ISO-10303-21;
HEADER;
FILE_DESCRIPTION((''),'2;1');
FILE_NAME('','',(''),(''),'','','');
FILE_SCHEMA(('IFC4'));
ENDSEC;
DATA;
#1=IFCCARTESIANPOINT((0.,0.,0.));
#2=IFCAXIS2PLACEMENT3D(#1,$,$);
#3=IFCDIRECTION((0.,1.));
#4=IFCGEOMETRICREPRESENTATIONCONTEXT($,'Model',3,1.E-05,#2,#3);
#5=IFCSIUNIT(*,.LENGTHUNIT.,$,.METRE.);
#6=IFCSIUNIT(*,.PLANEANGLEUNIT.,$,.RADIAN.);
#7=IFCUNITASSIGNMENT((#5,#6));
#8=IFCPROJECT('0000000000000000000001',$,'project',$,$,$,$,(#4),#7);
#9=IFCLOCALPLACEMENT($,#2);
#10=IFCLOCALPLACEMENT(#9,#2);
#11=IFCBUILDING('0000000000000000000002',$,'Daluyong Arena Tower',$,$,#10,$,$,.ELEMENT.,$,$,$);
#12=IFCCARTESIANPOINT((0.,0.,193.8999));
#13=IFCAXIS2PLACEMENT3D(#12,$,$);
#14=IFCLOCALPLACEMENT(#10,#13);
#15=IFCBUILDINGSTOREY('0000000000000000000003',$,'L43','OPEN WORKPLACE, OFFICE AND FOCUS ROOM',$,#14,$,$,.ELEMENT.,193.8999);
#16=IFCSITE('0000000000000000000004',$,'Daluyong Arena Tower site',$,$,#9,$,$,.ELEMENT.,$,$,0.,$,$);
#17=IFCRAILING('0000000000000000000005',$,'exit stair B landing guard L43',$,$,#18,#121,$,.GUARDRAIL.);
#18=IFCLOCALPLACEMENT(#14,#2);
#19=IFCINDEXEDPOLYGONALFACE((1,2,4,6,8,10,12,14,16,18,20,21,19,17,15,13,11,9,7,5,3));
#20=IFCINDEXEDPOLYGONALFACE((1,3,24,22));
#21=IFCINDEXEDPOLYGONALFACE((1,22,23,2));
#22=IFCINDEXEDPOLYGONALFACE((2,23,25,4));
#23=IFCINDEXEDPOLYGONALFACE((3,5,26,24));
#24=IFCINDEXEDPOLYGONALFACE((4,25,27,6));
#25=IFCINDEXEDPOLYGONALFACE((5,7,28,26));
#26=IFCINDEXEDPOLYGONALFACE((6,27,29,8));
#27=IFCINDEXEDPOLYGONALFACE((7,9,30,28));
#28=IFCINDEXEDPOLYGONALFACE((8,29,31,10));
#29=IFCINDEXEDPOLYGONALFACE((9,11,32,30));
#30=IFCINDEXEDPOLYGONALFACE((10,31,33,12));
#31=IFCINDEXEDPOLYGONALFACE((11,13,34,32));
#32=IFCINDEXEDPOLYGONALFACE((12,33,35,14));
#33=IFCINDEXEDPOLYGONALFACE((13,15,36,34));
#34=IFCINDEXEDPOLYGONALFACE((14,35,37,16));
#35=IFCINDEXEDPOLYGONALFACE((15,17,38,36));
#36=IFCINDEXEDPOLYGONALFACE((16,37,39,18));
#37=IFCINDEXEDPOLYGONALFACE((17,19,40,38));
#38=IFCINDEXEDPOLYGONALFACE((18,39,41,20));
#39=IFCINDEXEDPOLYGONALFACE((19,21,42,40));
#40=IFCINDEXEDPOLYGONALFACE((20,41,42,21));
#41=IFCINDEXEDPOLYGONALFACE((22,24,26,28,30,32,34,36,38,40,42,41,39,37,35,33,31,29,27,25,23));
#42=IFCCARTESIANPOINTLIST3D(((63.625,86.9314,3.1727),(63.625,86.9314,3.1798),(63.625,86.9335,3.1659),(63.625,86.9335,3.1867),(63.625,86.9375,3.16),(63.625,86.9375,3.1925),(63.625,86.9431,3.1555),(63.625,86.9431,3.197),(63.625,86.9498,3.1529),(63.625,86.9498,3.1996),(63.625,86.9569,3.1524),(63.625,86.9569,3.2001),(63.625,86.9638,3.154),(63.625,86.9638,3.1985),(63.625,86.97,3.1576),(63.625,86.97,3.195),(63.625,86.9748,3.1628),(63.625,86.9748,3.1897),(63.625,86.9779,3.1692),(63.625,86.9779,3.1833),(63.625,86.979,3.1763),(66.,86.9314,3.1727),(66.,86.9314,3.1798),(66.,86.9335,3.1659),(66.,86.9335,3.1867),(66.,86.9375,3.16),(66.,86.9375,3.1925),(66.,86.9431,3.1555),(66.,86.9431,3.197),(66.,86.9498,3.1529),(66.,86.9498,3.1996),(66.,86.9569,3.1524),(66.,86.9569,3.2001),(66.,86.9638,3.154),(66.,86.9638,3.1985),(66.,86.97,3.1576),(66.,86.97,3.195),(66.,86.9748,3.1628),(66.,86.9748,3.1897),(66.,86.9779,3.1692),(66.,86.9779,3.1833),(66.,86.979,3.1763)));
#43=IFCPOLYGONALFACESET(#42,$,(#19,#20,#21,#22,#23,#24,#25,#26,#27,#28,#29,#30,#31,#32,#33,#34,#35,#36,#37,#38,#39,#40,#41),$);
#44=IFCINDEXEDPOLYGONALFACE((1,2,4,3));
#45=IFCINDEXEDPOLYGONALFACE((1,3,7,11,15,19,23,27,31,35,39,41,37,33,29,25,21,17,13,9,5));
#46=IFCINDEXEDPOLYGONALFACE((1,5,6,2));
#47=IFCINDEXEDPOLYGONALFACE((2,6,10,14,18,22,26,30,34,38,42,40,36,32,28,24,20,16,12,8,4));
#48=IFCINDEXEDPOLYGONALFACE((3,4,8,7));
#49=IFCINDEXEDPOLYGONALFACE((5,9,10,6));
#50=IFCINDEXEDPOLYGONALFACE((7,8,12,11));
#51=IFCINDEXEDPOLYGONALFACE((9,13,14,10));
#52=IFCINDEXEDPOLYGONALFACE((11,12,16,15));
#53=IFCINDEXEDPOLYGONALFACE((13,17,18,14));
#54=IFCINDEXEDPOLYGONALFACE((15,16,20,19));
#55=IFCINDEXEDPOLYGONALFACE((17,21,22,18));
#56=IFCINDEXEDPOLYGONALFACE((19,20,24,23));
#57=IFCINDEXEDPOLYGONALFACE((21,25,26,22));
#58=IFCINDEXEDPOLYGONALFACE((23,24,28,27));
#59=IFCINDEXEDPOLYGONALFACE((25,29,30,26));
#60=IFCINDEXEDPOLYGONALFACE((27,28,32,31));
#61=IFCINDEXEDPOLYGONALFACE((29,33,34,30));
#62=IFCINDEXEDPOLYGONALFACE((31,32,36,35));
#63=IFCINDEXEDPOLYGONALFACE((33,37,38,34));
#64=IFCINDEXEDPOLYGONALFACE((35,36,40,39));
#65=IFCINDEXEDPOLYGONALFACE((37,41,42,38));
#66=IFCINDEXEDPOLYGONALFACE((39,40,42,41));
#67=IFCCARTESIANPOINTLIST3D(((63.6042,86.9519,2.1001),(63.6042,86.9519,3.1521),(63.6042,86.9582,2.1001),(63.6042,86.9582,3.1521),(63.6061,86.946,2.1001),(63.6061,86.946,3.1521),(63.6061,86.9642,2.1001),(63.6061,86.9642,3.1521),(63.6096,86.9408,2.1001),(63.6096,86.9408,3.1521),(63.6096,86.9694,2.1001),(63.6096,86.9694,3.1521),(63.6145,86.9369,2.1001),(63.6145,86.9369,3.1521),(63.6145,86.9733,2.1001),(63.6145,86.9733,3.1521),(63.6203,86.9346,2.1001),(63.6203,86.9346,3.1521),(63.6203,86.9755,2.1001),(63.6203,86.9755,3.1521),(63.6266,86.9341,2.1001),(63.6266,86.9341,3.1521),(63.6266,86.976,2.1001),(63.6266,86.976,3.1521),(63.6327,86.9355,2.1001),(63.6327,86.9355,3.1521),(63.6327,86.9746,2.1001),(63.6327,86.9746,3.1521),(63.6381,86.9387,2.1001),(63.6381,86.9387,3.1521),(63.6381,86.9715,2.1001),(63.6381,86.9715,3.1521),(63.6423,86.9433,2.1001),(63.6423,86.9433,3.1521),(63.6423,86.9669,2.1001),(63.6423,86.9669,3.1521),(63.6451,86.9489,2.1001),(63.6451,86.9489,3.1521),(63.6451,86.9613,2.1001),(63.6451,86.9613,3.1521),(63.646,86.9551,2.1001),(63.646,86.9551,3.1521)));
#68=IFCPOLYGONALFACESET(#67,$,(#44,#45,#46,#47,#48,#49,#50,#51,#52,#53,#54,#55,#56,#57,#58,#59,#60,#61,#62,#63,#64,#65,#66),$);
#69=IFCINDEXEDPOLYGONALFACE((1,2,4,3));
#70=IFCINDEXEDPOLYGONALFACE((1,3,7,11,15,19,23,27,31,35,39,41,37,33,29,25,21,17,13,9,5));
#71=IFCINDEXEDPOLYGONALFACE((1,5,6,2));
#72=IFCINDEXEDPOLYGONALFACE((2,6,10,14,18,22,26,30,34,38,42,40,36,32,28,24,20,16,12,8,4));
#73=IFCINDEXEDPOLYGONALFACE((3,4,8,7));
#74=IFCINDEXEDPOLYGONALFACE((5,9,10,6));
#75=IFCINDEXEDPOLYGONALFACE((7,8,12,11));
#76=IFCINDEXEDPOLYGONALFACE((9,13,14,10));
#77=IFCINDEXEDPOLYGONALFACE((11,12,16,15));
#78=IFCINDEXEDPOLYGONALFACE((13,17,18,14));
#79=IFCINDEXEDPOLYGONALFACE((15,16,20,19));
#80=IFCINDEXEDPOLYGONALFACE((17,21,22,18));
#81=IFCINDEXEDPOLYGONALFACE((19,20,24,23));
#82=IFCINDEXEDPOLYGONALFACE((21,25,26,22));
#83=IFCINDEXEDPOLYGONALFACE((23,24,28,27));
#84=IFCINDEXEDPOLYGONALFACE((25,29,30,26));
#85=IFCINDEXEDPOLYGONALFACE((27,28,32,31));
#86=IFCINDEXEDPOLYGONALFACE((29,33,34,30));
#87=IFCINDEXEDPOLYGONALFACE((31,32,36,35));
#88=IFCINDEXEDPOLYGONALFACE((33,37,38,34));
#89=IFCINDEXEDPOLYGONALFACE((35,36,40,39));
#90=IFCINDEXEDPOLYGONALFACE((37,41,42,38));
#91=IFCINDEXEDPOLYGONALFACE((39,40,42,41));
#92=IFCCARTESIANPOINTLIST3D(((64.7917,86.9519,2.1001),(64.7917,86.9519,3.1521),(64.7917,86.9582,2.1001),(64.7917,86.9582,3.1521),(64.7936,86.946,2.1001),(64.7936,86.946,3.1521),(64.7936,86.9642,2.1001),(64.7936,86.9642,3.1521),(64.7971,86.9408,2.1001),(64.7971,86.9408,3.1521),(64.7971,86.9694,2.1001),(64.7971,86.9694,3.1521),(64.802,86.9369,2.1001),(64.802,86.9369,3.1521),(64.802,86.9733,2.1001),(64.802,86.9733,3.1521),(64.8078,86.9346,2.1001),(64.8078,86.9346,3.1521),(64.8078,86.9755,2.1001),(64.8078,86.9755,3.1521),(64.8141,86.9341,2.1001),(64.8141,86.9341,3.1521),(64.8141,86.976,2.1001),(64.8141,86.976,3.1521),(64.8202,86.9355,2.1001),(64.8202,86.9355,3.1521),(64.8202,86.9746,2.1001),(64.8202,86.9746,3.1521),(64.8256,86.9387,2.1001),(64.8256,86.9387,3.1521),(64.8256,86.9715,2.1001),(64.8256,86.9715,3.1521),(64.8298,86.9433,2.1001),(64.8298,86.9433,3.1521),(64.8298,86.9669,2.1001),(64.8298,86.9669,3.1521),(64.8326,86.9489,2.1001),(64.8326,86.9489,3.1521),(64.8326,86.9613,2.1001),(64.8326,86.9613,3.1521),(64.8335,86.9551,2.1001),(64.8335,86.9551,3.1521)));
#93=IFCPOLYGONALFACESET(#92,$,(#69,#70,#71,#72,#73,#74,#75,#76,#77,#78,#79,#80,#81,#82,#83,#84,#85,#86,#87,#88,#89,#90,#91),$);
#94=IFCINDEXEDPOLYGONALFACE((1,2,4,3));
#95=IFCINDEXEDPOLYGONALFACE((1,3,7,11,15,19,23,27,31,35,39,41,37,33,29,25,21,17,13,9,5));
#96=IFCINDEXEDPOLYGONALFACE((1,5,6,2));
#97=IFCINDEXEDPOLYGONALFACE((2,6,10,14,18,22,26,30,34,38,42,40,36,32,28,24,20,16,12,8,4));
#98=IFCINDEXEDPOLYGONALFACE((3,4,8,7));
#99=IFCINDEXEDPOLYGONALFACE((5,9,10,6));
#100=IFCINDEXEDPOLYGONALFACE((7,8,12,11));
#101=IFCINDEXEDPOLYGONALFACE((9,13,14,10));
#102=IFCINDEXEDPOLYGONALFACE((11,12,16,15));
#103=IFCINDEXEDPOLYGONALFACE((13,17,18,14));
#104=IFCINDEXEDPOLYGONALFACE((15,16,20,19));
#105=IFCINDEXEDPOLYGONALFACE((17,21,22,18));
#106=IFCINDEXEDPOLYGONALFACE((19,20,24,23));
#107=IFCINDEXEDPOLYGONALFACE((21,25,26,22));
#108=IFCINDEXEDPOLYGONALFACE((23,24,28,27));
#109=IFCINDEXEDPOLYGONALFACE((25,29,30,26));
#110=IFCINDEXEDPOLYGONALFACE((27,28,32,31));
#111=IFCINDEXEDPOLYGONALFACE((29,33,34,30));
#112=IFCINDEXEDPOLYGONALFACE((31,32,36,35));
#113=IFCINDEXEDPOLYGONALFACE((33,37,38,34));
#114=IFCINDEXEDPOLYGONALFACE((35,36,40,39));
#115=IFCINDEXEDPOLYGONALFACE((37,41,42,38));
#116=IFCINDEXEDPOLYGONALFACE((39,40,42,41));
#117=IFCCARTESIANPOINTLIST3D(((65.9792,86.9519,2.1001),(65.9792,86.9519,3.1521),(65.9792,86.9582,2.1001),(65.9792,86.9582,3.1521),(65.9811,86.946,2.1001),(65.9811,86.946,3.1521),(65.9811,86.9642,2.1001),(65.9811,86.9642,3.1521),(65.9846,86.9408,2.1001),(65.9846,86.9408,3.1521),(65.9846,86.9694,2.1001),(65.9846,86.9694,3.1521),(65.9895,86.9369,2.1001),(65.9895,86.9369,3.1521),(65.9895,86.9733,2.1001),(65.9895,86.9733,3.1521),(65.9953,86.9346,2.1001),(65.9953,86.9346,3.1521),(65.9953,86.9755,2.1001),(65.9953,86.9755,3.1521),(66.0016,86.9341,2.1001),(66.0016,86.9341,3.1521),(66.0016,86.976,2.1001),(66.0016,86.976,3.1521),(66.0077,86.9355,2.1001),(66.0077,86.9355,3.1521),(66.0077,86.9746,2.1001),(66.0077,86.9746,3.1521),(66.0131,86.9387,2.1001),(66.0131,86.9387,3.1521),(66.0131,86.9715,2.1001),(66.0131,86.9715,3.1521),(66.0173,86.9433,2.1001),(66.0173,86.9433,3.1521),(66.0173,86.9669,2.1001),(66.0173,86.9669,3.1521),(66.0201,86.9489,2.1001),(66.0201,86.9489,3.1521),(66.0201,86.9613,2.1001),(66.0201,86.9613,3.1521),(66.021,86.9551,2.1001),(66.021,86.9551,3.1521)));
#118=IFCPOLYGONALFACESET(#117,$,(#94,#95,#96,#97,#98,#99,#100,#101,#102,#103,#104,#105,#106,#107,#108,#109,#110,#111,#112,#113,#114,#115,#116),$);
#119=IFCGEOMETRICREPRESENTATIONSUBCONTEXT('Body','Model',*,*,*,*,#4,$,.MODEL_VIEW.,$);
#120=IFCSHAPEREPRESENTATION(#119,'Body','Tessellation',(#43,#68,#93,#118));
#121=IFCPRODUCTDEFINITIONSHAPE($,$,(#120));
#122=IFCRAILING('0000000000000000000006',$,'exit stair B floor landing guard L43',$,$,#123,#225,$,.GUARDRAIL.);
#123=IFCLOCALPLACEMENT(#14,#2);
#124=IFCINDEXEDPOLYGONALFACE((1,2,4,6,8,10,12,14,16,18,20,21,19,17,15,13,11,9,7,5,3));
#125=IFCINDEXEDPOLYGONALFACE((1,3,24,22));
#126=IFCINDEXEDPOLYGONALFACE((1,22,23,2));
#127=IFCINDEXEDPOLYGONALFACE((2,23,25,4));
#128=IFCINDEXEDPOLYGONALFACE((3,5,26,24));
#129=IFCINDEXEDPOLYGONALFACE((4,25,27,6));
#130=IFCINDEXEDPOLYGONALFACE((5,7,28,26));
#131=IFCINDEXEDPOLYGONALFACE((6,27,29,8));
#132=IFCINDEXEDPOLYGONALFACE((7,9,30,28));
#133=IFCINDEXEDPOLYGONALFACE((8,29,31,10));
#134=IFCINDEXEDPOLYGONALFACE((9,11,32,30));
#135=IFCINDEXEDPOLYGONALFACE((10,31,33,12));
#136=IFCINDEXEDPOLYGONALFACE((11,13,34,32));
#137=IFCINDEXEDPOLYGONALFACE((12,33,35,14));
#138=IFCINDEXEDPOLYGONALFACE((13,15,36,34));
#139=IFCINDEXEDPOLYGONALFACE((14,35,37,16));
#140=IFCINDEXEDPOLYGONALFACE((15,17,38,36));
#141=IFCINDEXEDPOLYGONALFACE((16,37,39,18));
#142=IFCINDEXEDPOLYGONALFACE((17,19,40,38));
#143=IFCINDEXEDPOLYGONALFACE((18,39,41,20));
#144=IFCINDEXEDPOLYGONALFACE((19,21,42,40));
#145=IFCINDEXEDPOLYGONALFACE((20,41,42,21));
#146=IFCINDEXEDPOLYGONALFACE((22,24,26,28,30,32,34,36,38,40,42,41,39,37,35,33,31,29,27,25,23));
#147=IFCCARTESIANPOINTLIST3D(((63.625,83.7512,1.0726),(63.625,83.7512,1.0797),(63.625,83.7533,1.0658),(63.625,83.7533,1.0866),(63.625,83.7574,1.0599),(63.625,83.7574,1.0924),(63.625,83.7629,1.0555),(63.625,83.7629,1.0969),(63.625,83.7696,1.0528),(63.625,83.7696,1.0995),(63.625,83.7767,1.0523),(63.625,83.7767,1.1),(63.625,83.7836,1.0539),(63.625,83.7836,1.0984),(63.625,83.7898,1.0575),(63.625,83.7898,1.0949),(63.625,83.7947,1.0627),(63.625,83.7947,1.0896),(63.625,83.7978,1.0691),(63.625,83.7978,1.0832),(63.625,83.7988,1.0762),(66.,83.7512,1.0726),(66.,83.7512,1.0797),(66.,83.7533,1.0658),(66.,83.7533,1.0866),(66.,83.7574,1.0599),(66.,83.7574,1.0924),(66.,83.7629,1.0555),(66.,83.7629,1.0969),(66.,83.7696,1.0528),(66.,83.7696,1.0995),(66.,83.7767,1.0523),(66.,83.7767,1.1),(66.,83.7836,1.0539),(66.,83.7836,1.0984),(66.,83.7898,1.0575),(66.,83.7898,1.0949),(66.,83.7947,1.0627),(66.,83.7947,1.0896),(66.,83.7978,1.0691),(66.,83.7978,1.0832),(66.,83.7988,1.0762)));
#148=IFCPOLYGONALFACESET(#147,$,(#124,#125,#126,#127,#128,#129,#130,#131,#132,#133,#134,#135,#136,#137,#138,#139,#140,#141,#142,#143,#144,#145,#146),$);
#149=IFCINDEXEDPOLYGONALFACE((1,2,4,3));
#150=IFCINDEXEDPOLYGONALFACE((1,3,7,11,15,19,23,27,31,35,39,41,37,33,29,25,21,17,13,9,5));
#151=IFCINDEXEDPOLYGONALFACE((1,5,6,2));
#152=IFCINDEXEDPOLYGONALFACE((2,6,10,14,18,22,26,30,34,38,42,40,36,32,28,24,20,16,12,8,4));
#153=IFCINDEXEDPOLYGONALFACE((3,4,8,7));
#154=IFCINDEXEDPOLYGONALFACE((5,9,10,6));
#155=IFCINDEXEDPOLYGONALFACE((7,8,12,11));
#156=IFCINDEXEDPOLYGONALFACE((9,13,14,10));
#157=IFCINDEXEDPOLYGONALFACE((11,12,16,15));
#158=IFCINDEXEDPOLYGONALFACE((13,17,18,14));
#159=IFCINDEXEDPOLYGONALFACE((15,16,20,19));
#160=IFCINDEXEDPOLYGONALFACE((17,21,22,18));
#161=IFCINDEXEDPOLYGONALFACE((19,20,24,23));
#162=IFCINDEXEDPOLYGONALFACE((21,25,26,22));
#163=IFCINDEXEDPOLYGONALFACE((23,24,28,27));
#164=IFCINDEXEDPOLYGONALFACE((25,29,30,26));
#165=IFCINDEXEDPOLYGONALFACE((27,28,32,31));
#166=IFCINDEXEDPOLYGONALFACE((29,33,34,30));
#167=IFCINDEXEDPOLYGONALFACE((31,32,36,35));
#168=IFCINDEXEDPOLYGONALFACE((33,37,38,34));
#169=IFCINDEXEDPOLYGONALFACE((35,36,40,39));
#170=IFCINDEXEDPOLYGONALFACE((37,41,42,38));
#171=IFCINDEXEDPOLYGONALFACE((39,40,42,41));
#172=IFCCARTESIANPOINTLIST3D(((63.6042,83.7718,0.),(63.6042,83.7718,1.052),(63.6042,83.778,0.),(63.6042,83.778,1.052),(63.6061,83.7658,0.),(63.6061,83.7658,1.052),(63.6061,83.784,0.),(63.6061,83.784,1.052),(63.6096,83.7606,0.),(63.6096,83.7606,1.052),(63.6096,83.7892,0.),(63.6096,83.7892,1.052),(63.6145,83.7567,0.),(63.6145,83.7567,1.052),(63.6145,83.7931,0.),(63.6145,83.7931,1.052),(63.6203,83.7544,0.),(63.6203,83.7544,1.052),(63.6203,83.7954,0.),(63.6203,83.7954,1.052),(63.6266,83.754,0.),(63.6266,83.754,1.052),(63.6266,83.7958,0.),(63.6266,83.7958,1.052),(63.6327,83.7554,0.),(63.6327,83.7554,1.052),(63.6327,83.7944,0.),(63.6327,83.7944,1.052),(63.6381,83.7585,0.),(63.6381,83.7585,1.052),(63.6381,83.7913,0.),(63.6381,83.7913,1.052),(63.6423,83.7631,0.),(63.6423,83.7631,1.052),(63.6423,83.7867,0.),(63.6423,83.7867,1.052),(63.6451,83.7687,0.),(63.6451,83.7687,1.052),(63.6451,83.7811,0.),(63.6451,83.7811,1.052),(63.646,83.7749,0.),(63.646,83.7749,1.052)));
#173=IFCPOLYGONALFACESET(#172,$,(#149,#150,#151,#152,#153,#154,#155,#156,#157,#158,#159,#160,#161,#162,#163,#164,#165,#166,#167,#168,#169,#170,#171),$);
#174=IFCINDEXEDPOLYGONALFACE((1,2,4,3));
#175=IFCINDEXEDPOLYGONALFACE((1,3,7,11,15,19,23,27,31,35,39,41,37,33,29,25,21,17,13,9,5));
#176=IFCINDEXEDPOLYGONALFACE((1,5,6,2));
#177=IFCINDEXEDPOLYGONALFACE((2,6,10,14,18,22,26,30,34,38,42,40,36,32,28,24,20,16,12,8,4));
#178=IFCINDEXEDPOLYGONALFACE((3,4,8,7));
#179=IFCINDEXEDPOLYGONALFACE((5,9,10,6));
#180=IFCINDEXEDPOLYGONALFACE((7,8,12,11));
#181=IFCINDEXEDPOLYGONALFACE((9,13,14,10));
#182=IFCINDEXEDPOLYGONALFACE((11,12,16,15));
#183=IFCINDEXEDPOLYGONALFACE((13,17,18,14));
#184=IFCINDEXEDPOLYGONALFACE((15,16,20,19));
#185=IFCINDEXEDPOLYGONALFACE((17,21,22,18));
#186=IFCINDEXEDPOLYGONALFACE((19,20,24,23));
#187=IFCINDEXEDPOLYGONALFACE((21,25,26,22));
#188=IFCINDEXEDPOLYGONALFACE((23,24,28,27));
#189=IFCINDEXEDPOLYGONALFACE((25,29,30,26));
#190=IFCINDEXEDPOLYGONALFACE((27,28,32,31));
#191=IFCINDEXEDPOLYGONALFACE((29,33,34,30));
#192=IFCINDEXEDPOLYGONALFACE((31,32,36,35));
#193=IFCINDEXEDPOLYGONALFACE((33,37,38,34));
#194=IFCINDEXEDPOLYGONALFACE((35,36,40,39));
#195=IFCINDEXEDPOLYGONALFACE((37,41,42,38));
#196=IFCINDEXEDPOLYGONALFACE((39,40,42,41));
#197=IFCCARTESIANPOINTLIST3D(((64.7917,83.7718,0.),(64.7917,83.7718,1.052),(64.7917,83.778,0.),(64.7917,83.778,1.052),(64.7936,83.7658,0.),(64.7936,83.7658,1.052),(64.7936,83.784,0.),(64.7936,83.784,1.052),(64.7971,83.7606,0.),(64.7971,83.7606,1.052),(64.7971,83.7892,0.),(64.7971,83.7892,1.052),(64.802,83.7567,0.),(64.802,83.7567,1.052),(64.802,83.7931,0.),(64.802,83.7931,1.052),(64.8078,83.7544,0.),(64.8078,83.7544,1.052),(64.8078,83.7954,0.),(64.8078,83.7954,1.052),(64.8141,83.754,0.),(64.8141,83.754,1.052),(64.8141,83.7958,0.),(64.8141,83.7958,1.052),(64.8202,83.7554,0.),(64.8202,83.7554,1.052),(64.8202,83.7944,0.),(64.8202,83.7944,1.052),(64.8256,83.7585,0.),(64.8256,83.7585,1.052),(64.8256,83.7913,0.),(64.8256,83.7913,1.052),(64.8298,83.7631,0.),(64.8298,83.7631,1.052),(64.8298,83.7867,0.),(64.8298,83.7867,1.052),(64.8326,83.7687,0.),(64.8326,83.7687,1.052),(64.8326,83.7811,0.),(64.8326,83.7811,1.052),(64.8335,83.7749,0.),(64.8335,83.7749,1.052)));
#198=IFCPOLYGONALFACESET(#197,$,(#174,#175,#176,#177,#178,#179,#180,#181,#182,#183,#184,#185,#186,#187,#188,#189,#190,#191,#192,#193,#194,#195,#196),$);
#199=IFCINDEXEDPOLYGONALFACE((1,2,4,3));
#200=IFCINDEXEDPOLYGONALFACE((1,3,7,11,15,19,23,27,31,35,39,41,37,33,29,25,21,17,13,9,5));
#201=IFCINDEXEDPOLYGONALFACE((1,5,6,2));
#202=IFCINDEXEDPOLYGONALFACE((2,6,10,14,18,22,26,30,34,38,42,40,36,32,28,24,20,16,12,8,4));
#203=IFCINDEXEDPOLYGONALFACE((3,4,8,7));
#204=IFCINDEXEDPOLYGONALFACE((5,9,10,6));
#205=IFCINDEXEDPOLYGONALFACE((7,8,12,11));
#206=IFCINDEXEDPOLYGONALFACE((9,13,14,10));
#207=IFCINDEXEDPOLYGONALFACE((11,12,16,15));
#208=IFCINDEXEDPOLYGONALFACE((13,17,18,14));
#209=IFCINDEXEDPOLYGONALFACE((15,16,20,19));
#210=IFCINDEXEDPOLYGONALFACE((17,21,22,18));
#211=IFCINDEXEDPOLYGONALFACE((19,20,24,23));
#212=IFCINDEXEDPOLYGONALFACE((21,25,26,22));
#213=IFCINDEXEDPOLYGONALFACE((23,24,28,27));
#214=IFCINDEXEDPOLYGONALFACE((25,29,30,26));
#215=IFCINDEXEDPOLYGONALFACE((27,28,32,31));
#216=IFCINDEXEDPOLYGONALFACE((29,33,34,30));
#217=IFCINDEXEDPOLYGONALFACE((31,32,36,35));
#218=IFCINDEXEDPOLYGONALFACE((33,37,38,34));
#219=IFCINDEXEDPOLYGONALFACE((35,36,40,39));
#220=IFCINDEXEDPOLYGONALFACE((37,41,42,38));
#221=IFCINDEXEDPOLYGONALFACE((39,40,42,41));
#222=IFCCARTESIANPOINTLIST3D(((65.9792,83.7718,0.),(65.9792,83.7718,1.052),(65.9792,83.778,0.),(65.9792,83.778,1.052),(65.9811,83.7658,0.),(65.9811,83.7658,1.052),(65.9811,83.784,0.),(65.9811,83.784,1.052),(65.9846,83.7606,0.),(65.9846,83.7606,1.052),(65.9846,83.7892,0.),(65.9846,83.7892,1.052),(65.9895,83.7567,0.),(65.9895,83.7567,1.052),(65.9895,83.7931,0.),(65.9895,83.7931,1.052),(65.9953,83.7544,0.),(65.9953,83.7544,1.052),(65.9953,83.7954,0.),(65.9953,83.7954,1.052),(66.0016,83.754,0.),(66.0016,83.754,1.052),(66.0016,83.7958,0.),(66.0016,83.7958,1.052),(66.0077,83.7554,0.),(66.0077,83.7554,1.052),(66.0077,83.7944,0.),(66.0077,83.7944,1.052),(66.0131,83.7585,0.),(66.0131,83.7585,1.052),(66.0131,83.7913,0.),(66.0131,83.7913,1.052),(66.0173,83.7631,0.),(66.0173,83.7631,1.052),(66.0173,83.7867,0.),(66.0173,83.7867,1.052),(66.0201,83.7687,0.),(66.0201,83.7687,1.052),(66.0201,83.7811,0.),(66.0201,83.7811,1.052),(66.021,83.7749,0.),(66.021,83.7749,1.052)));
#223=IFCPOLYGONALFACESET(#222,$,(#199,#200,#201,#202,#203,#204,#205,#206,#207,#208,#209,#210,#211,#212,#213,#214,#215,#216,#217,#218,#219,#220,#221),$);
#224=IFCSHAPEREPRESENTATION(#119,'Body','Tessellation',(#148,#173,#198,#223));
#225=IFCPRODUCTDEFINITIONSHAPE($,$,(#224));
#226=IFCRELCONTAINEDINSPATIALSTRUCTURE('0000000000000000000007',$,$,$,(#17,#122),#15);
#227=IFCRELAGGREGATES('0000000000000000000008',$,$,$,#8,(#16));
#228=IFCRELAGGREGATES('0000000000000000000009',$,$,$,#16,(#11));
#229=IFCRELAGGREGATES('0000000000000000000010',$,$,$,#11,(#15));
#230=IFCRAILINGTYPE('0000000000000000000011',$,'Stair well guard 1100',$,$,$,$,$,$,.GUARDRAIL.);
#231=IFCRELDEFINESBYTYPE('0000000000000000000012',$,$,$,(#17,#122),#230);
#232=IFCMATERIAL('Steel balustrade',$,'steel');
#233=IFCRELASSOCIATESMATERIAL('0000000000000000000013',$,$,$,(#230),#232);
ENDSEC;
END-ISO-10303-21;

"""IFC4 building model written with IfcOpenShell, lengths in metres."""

from ifc_helpers import new_model, si_unit, direction, frame, origin, origin_2d, place, context, subcontext, project, spatial, circle, extrude, material, type_object, element, save


model = new_model("IFC4")

# Units and contexts
model_context = context("Model", 3, precision=1e-05, world=origin(), true_north=direction((0.0, 1.0)))
body_context = subcontext(model_context, "Body", "Model", "MODEL_VIEW")
ifc_project = project(units=[si_unit("LENGTHUNIT", "METRE"), si_unit("PLANEANGLEUNIT", "RADIAN")], contexts=[model_context])

# Site, building, storey
site_placement = place(None, origin())
site = spatial("IfcSite", under=ifc_project, at=site_placement, Name="Daluyong Arena Tower site", CompositionType="ELEMENT", RefElevation=0.0)
building_placement = place(site_placement, origin())
building = spatial("IfcBuilding", under=site, at=building_placement, Name="Daluyong Arena Tower", CompositionType="ELEMENT")
storey_placement = place(building_placement, frame((0.0, 0.0, 193.8999)))
storey = spatial("IfcBuildingStorey", under=building, at=storey_placement, Name="L43", Description="OPEN WORKPLACE, OFFICE AND FOCUS ROOM", CompositionType="ELEMENT", Elevation=193.8999)

# Railings
ifc_material_1 = material(Name="Steel balustrade", Category="steel")
railing_type_1 = type_object("IfcRailingType", Name="Stair well guard 1100", PredefinedType="GUARDRAIL", material=ifc_material_1)
for number, where, name in (
    (1, (63.625, 86.9551, 2.1001), "exit stair B landing guard L43"),
    (2, (63.625, 83.7749, 0.0), "exit stair B floor landing guard L43"),
):
    element("IfcRailing", number, at=place(storey_placement, frame(where)), inside=storey, type_object=railing_type_1, Name=name, PredefinedType="GUARDRAIL", context=body_context, shape_type="SweptSolid", body=[
        extrude(circle(Radius=0.0239, at=origin_2d()), frame((0.0, 0.0, 1.0762), z_axis=(1.0, 0.0, 0.0), x_axis=(0.0, 1.0, 0.0)), (0.0, 0.0, 1.0), 2.375),
        extrude(circle(Radius=0.021, at=origin_2d()), origin(), (0.0, 0.0, 1.0), 1.052),
        extrude(circle(Radius=0.021, at=origin_2d()), frame((1.1875, 0.0, 0.0)), (0.0, 0.0, 1.0), 1.052),
        extrude(circle(Radius=0.021, at=origin_2d()), frame((2.375, 0.0, 0.0)), (0.0, 0.0, 1.0), 1.052),
    ])

save(model, "model.ifc")
